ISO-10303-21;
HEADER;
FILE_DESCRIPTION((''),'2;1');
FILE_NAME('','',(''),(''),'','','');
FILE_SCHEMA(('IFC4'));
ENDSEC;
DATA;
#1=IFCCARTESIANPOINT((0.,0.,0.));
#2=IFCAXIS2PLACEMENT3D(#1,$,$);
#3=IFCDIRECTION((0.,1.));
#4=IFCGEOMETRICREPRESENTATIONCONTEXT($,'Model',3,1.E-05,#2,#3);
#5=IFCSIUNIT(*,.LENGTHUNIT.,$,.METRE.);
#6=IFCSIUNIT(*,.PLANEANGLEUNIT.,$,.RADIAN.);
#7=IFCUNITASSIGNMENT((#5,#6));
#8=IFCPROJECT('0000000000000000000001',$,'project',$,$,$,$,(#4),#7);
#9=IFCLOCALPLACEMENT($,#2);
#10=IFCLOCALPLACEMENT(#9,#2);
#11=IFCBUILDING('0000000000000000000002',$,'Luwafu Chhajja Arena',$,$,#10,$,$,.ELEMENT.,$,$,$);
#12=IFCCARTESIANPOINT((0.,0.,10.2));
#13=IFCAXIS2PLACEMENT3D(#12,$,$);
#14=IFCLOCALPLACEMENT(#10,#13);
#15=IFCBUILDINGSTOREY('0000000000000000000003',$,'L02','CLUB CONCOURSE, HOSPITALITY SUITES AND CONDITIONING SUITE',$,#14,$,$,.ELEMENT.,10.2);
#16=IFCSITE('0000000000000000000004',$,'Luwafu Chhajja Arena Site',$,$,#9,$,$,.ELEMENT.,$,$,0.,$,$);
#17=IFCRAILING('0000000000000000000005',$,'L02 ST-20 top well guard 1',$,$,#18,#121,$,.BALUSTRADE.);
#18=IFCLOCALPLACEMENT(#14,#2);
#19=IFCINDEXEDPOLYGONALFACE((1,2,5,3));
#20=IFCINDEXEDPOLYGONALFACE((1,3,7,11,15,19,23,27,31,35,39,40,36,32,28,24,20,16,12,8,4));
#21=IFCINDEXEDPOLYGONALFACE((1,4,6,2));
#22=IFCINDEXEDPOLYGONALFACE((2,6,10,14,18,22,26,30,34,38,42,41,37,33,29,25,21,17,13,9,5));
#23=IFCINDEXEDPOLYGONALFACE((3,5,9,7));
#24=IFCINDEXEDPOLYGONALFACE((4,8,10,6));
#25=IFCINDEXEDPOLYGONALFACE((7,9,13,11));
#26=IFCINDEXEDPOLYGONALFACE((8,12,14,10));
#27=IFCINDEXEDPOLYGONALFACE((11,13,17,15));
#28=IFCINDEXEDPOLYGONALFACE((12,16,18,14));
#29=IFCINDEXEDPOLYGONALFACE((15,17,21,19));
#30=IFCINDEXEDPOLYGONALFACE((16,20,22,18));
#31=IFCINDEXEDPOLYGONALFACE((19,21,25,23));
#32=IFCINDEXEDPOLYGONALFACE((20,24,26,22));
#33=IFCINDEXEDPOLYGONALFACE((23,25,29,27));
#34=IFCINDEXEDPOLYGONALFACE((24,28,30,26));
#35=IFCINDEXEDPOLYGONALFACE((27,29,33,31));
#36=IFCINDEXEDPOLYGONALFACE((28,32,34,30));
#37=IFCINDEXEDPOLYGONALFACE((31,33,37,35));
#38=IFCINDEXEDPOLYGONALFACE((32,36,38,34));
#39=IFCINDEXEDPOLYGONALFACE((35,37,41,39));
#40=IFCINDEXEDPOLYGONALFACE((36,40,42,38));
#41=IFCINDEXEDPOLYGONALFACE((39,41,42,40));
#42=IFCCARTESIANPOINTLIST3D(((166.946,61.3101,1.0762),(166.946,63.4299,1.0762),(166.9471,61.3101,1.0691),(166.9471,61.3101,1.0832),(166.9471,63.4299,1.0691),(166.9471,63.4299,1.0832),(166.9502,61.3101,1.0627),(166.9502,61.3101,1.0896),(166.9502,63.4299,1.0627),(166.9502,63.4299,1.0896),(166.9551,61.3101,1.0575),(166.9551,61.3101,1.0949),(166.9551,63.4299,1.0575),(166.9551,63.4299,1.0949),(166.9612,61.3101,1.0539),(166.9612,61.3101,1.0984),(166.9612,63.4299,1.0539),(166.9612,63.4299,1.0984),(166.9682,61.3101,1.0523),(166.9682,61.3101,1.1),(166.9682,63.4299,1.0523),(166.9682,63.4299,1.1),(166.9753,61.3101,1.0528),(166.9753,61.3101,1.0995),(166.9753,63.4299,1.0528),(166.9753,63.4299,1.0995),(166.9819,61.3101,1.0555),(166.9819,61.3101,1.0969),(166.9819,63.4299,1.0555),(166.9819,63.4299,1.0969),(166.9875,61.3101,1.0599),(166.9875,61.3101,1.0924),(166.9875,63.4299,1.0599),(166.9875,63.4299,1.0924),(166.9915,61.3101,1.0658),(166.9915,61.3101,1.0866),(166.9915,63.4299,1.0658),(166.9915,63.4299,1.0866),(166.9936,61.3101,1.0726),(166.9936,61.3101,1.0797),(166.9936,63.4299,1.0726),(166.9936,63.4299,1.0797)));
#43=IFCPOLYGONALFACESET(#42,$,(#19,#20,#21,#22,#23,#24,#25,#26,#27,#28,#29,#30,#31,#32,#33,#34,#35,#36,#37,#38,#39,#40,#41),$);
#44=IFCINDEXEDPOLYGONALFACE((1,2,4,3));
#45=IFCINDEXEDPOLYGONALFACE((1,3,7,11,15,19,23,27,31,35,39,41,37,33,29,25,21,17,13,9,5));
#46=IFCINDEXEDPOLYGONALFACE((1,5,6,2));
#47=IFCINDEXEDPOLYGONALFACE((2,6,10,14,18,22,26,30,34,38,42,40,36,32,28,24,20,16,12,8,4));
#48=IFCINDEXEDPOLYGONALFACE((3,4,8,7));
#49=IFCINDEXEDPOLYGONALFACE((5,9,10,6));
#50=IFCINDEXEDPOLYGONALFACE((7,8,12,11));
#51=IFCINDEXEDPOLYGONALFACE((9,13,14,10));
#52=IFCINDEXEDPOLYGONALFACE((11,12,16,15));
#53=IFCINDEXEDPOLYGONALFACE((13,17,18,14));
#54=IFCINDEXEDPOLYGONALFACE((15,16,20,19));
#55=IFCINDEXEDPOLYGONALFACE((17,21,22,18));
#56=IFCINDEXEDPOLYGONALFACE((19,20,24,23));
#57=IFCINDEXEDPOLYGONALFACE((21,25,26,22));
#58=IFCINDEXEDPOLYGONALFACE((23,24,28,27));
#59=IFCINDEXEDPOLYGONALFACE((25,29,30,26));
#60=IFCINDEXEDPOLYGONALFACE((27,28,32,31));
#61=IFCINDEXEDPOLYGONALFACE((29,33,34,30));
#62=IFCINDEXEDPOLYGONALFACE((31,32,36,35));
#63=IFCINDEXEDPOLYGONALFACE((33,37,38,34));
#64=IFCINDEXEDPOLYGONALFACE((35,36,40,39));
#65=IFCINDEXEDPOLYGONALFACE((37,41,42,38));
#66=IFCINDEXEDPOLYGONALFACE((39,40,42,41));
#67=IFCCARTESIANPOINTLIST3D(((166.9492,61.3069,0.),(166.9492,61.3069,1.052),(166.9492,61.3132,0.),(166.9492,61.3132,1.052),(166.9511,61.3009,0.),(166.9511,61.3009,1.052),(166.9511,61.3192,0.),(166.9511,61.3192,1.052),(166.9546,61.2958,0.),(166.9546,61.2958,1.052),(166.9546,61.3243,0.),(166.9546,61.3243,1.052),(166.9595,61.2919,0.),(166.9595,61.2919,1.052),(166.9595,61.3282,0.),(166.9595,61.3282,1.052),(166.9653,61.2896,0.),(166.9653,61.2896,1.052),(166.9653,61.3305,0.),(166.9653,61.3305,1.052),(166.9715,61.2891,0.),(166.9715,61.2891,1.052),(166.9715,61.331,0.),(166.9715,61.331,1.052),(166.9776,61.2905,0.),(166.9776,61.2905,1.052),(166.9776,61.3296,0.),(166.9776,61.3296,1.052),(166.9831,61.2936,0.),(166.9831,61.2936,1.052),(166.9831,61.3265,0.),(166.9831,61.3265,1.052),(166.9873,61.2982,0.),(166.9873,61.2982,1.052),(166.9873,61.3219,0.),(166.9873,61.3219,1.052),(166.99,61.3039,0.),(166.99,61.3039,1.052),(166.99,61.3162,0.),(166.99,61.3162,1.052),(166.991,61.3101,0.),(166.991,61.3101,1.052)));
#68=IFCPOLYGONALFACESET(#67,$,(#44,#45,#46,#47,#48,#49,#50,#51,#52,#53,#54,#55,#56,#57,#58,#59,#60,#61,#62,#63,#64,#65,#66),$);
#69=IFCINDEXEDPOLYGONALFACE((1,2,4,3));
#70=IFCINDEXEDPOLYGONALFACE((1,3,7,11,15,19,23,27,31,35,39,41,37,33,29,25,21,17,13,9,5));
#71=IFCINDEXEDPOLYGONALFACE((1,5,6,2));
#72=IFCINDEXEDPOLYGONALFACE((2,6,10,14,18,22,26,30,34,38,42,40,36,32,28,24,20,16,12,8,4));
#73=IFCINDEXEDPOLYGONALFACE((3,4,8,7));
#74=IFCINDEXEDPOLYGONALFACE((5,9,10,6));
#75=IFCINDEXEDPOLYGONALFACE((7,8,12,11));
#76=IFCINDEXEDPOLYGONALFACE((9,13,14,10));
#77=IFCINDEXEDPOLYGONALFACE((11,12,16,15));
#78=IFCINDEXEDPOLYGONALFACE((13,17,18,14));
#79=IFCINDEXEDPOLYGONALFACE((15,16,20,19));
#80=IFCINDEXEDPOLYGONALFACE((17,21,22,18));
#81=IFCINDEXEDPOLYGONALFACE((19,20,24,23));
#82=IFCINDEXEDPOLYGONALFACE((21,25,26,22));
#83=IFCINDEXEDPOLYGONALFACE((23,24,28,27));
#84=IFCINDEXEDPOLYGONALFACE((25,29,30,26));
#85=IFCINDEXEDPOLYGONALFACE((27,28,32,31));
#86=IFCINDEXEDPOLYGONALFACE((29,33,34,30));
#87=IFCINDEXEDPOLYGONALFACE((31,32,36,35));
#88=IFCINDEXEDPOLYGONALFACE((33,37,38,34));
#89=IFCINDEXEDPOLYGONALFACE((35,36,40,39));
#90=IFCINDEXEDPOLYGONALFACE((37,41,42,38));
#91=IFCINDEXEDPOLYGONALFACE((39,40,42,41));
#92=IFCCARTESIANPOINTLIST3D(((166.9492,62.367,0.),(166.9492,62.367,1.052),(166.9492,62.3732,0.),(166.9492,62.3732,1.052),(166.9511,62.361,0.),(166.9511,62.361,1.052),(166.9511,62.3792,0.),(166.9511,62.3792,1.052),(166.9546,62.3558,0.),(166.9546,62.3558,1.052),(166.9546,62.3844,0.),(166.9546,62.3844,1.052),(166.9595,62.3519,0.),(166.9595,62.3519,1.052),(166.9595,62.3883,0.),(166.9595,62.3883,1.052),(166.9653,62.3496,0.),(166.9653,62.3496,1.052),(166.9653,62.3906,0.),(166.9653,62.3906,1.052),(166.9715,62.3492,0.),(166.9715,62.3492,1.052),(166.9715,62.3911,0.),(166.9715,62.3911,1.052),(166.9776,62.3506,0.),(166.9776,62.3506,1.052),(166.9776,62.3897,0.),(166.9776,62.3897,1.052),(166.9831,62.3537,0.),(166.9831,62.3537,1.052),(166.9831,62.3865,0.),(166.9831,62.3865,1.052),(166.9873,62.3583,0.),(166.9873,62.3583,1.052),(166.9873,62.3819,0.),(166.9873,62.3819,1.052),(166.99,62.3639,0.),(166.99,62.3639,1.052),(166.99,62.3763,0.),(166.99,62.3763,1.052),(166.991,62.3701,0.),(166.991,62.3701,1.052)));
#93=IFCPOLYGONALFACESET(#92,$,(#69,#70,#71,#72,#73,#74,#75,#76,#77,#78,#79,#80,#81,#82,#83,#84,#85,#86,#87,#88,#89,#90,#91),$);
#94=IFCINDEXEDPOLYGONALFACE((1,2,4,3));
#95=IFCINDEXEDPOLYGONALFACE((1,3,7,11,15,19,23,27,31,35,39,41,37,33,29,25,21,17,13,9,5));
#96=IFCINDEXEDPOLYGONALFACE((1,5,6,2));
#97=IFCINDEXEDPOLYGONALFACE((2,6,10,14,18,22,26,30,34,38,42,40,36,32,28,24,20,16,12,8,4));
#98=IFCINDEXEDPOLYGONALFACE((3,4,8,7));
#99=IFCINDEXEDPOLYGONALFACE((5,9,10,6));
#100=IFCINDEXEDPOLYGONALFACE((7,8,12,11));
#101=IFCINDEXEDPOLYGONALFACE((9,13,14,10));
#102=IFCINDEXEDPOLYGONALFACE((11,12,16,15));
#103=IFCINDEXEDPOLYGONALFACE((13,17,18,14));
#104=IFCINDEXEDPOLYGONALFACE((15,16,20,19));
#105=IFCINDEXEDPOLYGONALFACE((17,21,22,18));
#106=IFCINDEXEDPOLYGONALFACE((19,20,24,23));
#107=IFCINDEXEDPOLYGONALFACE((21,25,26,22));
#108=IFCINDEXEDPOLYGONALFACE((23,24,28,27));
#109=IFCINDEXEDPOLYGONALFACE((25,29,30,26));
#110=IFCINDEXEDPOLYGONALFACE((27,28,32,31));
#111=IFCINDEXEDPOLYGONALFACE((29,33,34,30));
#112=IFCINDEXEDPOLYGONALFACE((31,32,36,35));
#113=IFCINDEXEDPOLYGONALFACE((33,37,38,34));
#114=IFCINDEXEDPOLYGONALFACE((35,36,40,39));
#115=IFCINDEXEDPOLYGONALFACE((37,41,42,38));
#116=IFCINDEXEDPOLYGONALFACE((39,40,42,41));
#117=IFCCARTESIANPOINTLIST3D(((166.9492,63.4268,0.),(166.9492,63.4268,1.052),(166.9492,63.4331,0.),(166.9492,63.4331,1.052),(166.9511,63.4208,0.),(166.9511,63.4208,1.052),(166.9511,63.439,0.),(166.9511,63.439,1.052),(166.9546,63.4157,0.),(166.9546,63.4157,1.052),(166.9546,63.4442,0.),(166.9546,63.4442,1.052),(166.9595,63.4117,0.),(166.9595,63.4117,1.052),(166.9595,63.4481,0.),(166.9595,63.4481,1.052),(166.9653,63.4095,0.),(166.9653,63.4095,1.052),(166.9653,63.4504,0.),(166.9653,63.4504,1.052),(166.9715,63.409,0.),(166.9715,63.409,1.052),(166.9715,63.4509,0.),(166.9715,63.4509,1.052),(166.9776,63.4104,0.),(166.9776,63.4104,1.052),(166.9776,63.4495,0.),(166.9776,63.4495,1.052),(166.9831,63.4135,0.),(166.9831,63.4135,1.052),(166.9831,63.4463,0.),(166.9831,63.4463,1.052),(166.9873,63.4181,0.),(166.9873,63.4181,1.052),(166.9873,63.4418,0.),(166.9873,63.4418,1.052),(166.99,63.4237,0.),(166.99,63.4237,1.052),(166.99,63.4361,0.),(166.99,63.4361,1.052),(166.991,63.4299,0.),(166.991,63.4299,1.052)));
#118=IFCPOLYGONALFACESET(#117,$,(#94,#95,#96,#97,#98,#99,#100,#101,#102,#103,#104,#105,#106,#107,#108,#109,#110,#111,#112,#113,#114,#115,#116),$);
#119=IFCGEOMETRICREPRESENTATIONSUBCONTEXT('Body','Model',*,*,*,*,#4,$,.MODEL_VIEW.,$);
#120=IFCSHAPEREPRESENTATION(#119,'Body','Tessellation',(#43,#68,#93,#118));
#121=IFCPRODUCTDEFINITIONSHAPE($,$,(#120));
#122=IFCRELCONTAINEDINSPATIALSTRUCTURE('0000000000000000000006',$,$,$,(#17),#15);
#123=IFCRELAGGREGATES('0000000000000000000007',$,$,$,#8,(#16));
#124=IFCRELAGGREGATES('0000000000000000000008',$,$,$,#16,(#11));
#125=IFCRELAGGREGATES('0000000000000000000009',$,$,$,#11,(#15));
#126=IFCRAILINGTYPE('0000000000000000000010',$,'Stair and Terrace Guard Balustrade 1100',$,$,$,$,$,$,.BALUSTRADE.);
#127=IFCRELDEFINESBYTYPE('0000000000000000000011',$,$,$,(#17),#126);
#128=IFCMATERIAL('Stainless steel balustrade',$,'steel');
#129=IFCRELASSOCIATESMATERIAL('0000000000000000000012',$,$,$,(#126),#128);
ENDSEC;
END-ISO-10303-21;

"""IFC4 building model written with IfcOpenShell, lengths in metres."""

from ifc_helpers import new_model, si_unit, direction, frame, origin, origin_2d, place, context, subcontext, project, spatial, circle, extrude, material, type_object, element, save


model = new_model("IFC4")

# Units and contexts
model_context = context("Model", 3, precision=1e-05, world=origin(), true_north=direction((0.0, 1.0)))
body_context = subcontext(model_context, "Body", "Model", "MODEL_VIEW")
ifc_project = project(units=[si_unit("LENGTHUNIT", "METRE"), si_unit("PLANEANGLEUNIT", "RADIAN")], contexts=[model_context])

# Site, building, storey
site_placement = place(None, origin())
site = spatial("IfcSite", under=ifc_project, at=site_placement, Name="Luwafu Chhajja Arena Site", CompositionType="ELEMENT", RefElevation=0.0)
building_placement = place(site_placement, origin())
building = spatial("IfcBuilding", under=site, at=building_placement, Name="Luwafu Chhajja Arena", CompositionType="ELEMENT")
storey_placement = place(building_placement, frame((0.0, 0.0, 10.2)))
storey = spatial("IfcBuildingStorey", under=building, at=storey_placement, Name="L02", Description="CLUB CONCOURSE, HOSPITALITY SUITES AND CONDITIONING SUITE", CompositionType="ELEMENT", Elevation=10.2)

# Railing
ifc_material_1 = material(Name="Stainless steel balustrade", Category="steel")
railing_type = type_object("IfcRailingType", Name="Stair and Terrace Guard Balustrade 1100", PredefinedType="BALUSTRADE", material=ifc_material_1)
railing_1_placement = place(storey_placement, frame((166.97, 61.3101, 0.0)))
element("IfcRailing", 1, at=railing_1_placement, inside=storey, type_object=railing_type, Name="L02 ST-20 top well guard 1", PredefinedType="BALUSTRADE", context=body_context, shape_type="SweptSolid", body=[
    extrude(circle(Radius=0.0239, at=origin_2d()), frame((0.0, 0.0, 1.0762), z_axis=(0.0, 1.0, 0.0), x_axis=(-1.0, 0.0, 0.0)), (0.0, 0.0, 1.0), 2.1199),
    extrude(circle(Radius=0.021, at=origin_2d()), origin(), (0.0, 0.0, 1.0), 1.052),
    extrude(circle(Radius=0.021, at=origin_2d()), frame((0.0, 1.0601, 0.0)), (0.0, 0.0, 1.0), 1.052),
    extrude(circle(Radius=0.021, at=origin_2d()), frame((0.0, 2.1199, 0.0)), (0.0, 0.0, 1.0), 1.052),
])

save(model, "model.ifc")
